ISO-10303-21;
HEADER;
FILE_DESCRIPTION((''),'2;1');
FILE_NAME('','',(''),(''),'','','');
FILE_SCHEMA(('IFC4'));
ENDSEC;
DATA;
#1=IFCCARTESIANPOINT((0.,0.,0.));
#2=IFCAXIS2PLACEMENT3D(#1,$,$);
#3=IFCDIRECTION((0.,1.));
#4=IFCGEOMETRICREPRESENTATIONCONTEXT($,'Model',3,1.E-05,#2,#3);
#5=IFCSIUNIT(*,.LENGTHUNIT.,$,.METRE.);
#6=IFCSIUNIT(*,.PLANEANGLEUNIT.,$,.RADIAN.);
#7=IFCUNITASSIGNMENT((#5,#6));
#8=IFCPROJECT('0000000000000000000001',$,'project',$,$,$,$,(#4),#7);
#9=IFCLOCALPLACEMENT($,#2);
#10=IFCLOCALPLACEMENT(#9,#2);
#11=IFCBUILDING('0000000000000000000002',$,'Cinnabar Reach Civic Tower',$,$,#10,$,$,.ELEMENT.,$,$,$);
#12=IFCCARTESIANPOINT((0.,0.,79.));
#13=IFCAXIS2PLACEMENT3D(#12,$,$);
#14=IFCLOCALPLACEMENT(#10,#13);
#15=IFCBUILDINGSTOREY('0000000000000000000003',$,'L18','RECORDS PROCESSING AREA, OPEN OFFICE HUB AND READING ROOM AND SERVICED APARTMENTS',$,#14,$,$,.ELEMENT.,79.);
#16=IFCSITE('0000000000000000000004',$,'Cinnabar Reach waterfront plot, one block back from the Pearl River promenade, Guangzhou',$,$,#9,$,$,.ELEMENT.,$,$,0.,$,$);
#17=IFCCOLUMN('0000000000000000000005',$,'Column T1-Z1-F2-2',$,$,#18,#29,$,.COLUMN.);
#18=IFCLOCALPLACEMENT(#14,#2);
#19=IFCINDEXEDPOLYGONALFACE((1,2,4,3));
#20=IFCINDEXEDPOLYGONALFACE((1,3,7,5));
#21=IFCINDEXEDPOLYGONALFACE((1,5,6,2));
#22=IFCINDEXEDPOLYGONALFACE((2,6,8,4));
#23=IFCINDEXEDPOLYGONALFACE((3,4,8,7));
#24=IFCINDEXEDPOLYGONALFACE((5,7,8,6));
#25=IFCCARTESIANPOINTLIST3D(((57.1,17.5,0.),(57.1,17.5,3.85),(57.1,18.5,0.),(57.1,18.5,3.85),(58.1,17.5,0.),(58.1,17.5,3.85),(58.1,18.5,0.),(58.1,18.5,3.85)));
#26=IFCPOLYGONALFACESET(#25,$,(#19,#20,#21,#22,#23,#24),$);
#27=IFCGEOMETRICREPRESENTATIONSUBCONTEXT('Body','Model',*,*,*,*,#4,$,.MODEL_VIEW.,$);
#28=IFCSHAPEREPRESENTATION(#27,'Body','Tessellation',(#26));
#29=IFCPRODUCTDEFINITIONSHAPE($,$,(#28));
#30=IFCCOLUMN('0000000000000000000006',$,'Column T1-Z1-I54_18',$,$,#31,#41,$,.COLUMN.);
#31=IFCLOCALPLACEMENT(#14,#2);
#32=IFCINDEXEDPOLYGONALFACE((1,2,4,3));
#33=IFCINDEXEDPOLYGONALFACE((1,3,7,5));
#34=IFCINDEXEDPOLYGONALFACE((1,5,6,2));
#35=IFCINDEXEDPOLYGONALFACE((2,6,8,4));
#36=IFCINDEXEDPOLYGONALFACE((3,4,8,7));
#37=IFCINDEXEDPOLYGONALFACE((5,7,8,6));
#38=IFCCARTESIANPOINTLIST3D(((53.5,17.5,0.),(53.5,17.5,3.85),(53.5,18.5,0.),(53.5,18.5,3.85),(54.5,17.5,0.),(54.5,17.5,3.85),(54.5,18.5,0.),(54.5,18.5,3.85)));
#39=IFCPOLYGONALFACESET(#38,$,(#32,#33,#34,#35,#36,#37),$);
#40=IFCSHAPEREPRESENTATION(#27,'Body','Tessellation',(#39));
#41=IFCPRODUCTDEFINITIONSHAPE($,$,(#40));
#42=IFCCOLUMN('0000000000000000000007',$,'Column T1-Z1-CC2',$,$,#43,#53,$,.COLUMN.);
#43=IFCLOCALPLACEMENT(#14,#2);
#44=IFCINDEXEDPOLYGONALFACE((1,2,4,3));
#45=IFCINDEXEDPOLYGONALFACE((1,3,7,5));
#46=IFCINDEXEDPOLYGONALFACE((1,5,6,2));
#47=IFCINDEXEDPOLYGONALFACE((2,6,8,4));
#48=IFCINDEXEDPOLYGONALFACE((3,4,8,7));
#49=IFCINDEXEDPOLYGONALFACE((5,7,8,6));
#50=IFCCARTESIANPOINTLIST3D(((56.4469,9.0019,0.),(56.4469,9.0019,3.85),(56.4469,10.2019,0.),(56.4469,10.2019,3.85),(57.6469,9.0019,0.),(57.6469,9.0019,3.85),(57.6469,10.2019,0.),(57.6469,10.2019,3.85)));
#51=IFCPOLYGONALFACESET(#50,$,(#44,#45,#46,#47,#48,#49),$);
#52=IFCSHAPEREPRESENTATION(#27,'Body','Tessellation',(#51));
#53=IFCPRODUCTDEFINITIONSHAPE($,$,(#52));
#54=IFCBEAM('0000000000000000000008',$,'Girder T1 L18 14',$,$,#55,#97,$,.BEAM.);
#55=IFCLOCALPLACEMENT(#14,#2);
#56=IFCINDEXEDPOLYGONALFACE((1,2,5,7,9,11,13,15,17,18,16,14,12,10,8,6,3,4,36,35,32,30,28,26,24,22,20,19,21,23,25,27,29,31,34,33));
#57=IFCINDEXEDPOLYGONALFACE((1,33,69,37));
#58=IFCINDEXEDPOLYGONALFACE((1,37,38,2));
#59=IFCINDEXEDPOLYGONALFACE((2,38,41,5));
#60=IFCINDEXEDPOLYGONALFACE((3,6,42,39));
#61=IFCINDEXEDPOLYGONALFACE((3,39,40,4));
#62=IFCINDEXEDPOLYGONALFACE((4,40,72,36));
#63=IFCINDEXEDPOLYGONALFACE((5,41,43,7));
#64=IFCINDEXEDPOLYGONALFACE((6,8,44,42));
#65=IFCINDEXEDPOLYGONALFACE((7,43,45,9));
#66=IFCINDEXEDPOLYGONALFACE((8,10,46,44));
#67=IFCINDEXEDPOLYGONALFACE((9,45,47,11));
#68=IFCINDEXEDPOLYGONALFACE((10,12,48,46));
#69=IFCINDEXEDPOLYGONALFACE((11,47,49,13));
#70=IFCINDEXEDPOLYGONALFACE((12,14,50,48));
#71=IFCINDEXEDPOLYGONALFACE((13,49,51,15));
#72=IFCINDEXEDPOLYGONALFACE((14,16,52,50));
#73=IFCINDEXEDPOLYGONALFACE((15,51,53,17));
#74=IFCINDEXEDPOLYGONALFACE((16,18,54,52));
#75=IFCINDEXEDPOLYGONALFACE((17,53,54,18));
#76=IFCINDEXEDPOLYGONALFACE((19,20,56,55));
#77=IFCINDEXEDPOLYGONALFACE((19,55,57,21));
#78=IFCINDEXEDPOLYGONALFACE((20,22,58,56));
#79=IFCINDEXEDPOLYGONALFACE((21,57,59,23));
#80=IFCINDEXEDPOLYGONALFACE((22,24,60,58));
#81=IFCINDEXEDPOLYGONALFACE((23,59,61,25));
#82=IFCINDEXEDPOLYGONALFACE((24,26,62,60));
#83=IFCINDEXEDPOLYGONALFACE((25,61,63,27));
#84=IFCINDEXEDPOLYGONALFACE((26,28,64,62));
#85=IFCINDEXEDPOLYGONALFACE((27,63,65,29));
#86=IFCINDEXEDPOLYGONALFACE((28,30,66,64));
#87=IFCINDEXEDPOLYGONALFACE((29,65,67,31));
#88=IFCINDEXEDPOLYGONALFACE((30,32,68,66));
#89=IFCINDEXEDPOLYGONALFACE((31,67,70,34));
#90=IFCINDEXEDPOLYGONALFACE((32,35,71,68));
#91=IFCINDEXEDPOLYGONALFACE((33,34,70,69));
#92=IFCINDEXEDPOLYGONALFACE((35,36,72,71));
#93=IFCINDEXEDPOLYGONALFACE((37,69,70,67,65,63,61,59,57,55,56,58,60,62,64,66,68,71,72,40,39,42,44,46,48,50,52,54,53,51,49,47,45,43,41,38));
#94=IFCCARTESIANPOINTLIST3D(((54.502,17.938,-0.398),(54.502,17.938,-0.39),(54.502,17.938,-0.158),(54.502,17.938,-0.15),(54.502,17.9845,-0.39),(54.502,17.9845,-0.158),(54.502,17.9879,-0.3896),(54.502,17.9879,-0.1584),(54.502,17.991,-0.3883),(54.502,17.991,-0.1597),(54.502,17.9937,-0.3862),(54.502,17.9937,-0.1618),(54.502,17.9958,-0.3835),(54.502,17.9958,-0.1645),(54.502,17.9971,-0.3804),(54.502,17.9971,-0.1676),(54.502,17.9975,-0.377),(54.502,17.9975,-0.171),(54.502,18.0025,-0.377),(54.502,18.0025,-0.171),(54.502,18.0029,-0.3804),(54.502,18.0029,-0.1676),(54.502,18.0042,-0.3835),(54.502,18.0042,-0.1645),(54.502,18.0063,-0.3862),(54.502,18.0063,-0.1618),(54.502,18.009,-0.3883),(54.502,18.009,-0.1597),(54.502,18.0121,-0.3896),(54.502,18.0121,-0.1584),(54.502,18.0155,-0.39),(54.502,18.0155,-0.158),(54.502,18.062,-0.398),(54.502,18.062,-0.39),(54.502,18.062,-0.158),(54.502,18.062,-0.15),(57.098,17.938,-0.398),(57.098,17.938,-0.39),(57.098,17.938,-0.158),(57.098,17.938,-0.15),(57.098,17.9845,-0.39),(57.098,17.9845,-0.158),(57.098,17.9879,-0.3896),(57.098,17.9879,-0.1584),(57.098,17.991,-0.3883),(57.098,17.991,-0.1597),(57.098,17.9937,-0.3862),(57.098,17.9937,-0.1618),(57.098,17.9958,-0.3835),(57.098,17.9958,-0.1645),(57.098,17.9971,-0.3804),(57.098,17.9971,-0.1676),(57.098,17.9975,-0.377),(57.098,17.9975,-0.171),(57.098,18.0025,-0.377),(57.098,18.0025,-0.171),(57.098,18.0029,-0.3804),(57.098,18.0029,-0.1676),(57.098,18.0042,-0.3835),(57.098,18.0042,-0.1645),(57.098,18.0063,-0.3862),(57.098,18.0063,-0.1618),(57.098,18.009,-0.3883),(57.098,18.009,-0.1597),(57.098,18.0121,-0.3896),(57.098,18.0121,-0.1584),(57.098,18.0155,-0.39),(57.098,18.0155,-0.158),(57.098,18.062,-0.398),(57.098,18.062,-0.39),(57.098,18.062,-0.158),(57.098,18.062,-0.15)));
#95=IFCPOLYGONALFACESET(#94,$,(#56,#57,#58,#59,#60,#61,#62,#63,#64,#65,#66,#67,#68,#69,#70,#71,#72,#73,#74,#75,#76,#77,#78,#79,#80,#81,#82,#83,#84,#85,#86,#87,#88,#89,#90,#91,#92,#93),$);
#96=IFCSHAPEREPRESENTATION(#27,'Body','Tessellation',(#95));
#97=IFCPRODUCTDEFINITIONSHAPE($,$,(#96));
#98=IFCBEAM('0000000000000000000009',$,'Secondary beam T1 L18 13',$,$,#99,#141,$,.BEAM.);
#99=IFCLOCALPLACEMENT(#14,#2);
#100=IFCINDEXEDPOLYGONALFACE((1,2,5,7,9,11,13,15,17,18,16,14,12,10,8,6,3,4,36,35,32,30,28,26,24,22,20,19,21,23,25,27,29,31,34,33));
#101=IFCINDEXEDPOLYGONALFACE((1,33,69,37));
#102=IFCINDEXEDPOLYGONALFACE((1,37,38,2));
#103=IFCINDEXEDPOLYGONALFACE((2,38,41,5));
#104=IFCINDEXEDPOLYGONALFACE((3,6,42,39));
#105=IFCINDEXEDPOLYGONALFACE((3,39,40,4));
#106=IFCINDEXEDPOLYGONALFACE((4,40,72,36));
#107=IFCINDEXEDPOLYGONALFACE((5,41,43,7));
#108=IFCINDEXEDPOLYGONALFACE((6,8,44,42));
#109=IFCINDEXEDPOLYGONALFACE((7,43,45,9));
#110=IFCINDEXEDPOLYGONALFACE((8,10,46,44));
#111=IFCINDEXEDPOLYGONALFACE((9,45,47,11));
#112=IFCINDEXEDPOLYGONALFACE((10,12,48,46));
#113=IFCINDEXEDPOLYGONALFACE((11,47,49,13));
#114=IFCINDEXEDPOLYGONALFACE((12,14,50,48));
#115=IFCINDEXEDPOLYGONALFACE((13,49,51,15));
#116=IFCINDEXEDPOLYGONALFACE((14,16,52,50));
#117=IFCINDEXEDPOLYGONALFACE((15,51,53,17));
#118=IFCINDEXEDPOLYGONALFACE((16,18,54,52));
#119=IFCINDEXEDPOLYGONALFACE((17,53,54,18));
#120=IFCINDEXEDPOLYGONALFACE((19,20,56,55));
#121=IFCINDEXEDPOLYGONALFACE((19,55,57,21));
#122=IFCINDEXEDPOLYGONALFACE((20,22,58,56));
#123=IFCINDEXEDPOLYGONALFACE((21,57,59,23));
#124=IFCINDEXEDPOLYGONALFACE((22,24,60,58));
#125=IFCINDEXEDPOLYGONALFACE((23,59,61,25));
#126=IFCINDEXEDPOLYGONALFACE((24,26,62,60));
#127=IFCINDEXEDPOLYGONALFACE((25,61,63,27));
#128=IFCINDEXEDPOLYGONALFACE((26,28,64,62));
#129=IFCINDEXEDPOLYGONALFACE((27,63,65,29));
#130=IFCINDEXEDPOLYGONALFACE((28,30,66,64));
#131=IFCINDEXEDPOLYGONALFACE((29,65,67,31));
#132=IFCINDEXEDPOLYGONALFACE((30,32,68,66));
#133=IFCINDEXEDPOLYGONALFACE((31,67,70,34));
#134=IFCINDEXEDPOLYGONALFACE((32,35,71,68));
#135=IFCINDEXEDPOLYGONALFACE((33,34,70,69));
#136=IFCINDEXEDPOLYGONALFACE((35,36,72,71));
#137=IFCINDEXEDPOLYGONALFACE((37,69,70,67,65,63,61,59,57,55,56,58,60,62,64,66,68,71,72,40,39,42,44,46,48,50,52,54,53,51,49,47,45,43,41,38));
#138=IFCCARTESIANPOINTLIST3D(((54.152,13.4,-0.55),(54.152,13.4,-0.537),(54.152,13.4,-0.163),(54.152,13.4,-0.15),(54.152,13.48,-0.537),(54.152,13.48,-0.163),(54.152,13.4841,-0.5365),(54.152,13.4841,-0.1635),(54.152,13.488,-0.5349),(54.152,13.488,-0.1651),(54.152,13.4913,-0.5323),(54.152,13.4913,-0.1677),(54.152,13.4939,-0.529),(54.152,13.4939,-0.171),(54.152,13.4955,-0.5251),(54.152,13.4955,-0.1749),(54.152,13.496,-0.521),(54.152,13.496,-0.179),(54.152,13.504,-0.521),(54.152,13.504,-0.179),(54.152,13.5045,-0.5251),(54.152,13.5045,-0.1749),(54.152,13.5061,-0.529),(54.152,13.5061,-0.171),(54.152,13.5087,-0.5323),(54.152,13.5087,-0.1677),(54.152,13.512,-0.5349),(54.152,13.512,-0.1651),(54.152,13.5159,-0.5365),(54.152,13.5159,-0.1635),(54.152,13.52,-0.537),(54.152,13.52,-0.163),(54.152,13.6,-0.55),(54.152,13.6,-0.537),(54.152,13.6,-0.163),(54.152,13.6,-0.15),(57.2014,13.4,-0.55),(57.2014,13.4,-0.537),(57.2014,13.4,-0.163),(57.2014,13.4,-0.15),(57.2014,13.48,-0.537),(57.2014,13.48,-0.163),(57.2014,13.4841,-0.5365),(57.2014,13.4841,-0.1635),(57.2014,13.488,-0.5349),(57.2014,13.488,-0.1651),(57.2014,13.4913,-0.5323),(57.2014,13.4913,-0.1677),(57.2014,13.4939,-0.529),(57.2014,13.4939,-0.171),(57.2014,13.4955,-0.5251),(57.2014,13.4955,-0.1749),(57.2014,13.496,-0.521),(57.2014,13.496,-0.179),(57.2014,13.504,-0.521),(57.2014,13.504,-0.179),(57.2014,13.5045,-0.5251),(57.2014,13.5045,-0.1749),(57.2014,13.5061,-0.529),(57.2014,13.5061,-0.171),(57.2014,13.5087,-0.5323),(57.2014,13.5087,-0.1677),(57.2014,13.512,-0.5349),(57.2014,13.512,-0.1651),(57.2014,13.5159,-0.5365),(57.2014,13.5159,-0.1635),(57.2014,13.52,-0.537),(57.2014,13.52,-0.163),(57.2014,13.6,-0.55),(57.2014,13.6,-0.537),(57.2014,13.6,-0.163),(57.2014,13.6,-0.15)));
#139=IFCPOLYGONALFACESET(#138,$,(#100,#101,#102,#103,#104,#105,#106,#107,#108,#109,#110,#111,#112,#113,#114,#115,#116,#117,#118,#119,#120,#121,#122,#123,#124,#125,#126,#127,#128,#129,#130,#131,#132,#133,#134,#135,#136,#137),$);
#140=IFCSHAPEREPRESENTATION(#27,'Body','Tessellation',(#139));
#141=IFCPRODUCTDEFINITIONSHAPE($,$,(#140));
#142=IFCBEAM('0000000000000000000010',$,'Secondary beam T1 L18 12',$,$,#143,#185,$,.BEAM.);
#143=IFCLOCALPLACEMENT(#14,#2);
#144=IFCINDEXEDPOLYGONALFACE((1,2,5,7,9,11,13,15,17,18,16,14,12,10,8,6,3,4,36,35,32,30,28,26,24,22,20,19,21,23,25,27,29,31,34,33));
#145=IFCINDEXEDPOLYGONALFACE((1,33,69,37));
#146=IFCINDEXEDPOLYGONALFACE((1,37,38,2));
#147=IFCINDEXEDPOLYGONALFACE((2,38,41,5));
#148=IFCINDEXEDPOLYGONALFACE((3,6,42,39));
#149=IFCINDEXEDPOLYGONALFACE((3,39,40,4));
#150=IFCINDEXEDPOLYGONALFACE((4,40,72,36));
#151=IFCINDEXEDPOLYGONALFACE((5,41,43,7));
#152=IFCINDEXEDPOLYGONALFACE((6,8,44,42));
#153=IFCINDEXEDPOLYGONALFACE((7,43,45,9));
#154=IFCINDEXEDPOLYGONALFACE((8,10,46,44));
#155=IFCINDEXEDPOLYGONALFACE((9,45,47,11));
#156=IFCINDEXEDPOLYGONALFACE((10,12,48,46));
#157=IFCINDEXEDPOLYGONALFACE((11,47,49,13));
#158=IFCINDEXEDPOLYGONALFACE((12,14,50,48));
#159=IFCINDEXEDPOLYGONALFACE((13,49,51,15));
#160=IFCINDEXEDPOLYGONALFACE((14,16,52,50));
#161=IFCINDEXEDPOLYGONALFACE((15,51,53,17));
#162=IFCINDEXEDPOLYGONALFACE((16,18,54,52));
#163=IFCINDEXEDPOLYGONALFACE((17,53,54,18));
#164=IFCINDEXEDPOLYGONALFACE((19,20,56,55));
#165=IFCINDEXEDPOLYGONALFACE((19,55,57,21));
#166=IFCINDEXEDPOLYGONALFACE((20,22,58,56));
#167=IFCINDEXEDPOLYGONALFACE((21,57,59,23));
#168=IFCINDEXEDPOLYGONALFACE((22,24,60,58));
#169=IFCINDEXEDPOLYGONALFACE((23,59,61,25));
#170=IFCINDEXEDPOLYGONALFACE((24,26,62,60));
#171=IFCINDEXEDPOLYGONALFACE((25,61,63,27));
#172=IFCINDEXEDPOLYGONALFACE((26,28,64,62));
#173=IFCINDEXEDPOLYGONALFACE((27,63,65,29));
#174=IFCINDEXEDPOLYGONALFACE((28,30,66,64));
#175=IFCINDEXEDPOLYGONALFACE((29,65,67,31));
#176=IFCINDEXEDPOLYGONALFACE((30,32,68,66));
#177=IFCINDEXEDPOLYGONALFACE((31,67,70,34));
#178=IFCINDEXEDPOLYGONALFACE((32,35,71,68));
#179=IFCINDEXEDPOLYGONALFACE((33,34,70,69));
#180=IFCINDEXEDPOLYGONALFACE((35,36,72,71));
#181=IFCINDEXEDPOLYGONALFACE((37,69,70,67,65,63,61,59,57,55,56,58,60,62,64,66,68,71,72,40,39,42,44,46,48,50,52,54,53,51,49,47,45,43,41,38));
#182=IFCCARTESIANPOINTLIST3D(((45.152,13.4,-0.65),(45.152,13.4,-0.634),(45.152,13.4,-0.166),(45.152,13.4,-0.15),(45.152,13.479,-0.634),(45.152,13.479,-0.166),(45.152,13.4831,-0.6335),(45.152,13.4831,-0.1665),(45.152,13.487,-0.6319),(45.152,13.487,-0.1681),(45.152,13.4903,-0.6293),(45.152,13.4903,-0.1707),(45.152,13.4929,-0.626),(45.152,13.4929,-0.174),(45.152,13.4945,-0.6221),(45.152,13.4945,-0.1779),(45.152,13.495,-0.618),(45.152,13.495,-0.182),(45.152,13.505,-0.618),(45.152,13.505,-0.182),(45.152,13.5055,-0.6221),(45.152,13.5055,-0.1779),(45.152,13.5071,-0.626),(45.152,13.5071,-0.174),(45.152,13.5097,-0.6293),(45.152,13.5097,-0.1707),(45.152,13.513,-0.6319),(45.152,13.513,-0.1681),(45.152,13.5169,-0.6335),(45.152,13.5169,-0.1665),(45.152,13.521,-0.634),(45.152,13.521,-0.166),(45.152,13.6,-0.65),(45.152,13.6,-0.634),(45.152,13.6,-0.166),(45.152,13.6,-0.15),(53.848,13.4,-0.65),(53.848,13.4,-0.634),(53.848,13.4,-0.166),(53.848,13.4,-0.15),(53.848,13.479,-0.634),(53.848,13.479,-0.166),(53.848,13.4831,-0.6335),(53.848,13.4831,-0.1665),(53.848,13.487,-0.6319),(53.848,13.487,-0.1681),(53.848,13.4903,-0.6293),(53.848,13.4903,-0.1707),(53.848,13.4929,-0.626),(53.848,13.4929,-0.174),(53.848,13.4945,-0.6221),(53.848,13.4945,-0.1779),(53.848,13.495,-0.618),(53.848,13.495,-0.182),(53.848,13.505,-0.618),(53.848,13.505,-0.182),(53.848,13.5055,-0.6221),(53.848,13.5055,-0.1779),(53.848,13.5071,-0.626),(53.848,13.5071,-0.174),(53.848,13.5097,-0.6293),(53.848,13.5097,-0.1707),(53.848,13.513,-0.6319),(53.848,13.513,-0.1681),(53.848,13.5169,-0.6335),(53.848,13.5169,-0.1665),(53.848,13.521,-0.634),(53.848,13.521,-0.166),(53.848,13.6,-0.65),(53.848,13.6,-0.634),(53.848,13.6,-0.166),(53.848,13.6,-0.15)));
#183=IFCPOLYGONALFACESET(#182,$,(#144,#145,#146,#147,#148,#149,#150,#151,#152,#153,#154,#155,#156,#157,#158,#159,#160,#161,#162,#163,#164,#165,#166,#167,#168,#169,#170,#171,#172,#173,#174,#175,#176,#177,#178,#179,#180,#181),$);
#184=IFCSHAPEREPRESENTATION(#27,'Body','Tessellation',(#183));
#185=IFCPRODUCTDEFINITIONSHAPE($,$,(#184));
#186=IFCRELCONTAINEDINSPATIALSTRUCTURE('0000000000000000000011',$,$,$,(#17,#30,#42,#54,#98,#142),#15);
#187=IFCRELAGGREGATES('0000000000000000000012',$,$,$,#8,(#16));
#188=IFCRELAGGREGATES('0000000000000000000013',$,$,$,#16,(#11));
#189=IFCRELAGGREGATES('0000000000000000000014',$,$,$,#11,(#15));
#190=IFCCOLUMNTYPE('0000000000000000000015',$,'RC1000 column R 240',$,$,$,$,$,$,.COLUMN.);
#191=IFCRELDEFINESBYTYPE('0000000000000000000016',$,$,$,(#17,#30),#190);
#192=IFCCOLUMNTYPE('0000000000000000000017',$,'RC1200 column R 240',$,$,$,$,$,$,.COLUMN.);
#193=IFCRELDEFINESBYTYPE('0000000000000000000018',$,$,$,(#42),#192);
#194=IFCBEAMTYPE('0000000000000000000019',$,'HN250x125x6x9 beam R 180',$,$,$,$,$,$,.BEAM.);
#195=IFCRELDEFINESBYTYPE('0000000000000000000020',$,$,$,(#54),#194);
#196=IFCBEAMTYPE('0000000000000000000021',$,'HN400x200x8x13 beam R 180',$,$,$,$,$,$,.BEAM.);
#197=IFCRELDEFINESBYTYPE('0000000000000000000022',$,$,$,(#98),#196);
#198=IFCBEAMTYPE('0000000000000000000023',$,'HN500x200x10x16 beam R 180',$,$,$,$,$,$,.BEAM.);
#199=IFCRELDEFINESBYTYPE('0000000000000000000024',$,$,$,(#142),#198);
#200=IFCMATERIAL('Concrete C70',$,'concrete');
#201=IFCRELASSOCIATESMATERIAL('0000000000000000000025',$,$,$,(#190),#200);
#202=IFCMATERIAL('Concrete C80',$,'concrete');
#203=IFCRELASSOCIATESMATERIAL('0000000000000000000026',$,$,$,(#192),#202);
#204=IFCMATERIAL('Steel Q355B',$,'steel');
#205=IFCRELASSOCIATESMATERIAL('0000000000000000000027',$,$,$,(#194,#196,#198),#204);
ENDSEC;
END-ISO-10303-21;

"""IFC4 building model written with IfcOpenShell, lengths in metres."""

from ifc_helpers import new_model, si_unit, direction, frame, origin, origin_2d, place, context, subcontext, project, spatial, rectangle, i_section, extrude, material, material_profile, profile_set, type_object, element, save


model = new_model("IFC4")

# Units and contexts
model_context = context("Model", 3, precision=1e-05, world=origin(), true_north=direction((0.0, 1.0)))
body_context = subcontext(model_context, "Body", "Model", "MODEL_VIEW")
ifc_project = project(units=[si_unit("LENGTHUNIT", "METRE"), si_unit("PLANEANGLEUNIT", "RADIAN")], contexts=[model_context])

# Site, building, storey
site_placement = place(None, origin())
site = spatial("IfcSite", under=ifc_project, at=site_placement, Name="Cinnabar Reach waterfront plot, one block back from the Pearl River promenade, Guangzhou", CompositionType="ELEMENT", RefElevation=0.0)
building_placement = place(site_placement, origin())
building = spatial("IfcBuilding", under=site, at=building_placement, Name="Cinnabar Reach Civic Tower", CompositionType="ELEMENT")
storey_placement = place(building_placement, frame((0.0, 0.0, 79.0)))
storey = spatial("IfcBuildingStorey", under=building, at=storey_placement, Name="L18", Description="RECORDS PROCESSING AREA, OPEN OFFICE HUB AND READING ROOM AND SERVICED APARTMENTS", CompositionType="ELEMENT", Elevation=79.0)

# Columns
ifc_material_1 = material(Name="Concrete C70", Category="concrete")
ifc_material_profile_1 = material_profile(ifc_material_1, rectangle(XDim=1.0, YDim=1.0, at=origin_2d()), Name="RC1000")
ifc_profile_set_1 = profile_set([ifc_material_profile_1], Name="Concrete C70")
column_type_1 = type_object("IfcColumnType", Name="RC1000 column R 240", PredefinedType="COLUMN", material=ifc_profile_set_1)
for number, where, z_axis, x_axis, name in (
    (1, (57.6, 18.0, 0.0), (0.0, 0.0, 1.0), (1.0, 0.0, 0.0), "Column T1-Z1-F2-2"),
    (2, (54.0, 18.0, 0.0), (0.0, 0.0, 1.0), (1.0, 0.0, 0.0), "Column T1-Z1-I54_18"),
):
    element("IfcColumn", number, at=place(storey_placement, frame(where, z_axis=z_axis, x_axis=x_axis)), inside=storey, type_object=column_type_1, Name=name, PredefinedType="COLUMN", context=body_context, shape_type="SweptSolid", body=[
        extrude(rectangle(XDim=1.0, YDim=1.0, at=origin_2d()), origin(), (0.0, 0.0, 1.0), 3.85),
    ])
ifc_material_2 = material(Name="Concrete C80", Category="concrete")
ifc_material_profile_2 = material_profile(ifc_material_2, rectangle(XDim=1.2, YDim=1.2, at=origin_2d()), Name="RC1200")
ifc_profile_set_2 = profile_set([ifc_material_profile_2], Name="Concrete C80")
column_type_2 = type_object("IfcColumnType", Name="RC1200 column R 240", PredefinedType="COLUMN", material=ifc_profile_set_2)
column_placement = place(storey_placement, frame((57.0469, 9.6019, 0.0), z_axis=(0.0, 0.0, 1.0), x_axis=(1.0, 0.0, 0.0)))
element("IfcColumn", 3, at=column_placement, inside=storey, type_object=column_type_2, Name="Column T1-Z1-CC2", PredefinedType="COLUMN", context=body_context, shape_type="SweptSolid", body=[
    extrude(rectangle(XDim=1.2, YDim=1.2, at=origin_2d()), origin(), (0.0, 0.0, 1.0), 3.85),
])

# Beams
ifc_material_3 = material(Name="Steel Q355B", Category="steel")
ifc_material_profile_3 = material_profile(ifc_material_3, i_section(OverallWidth=0.124, OverallDepth=0.248, WebThickness=0.005, FlangeThickness=0.008, FilletRadius=0.013, at=origin_2d()), Name="HN250x125x6x9")
ifc_profile_set_3 = profile_set([ifc_material_profile_3], Name="Steel Q355B")
beam_type_1 = type_object("IfcBeamType", Name="HN250x125x6x9 beam R 180", PredefinedType="BEAM", material=ifc_profile_set_3)
beam_1_placement = place(storey_placement, frame((54.502, 18.0, -0.274), z_axis=(1.0, 0.0, 0.0), x_axis=(0.0, 1.0, 0.0)))
element("IfcBeam", 4, at=beam_1_placement, inside=storey, type_object=beam_type_1, Name="Girder T1 L18 14", PredefinedType="BEAM", context=body_context, shape_type="SweptSolid", body=[
    extrude(i_section(OverallWidth=0.124, OverallDepth=0.248, WebThickness=0.005, FlangeThickness=0.008, FilletRadius=0.013, at=origin_2d()), origin(), (0.0, 0.0, 1.0), 2.596),
])
ifc_material_profile_4 = material_profile(ifc_material_3, i_section(OverallWidth=0.2, OverallDepth=0.4, WebThickness=0.008, FlangeThickness=0.013, FilletRadius=0.016, at=origin_2d()), Name="HN400x200x8x13")
ifc_profile_set_4 = profile_set([ifc_material_profile_4], Name="Steel Q355B")
beam_type_2 = type_object("IfcBeamType", Name="HN400x200x8x13 beam R 180", PredefinedType="BEAM", material=ifc_profile_set_4)
beam_2_placement = place(storey_placement, frame((54.152, 13.5, -0.35), z_axis=(1.0, 0.0, 0.0), x_axis=(0.0, 1.0, 0.0)))
element("IfcBeam", 5, at=beam_2_placement, inside=storey, type_object=beam_type_2, Name="Secondary beam T1 L18 13", PredefinedType="BEAM", context=body_context, shape_type="SweptSolid", body=[
    extrude(i_section(OverallWidth=0.2, OverallDepth=0.4, WebThickness=0.008, FlangeThickness=0.013, FilletRadius=0.016, at=origin_2d()), origin(), (0.0, 0.0, 1.0), 3.0494),
])
ifc_material_profile_5 = material_profile(ifc_material_3, i_section(OverallWidth=0.2, OverallDepth=0.5, WebThickness=0.01, FlangeThickness=0.016, FilletRadius=0.016, at=origin_2d()), Name="HN500x200x10x16")
ifc_profile_set_5 = profile_set([ifc_material_profile_5], Name="Steel Q355B")
beam_type_3 = type_object("IfcBeamType", Name="HN500x200x10x16 beam R 180", PredefinedType="BEAM", material=ifc_profile_set_5)
beam_3_placement = place(storey_placement, frame((45.152, 13.5, -0.4), z_axis=(1.0, 0.0, 0.0), x_axis=(0.0, 1.0, 0.0)))
element("IfcBeam", 6, at=beam_3_placement, inside=storey, type_object=beam_type_3, Name="Secondary beam T1 L18 12", PredefinedType="BEAM", context=body_context, shape_type="SweptSolid", body=[
    extrude(i_section(OverallWidth=0.2, OverallDepth=0.5, WebThickness=0.01, FlangeThickness=0.016, FilletRadius=0.016, at=origin_2d()), origin(), (0.0, 0.0, 1.0), 8.696),
])

save(model, "model.ifc")
